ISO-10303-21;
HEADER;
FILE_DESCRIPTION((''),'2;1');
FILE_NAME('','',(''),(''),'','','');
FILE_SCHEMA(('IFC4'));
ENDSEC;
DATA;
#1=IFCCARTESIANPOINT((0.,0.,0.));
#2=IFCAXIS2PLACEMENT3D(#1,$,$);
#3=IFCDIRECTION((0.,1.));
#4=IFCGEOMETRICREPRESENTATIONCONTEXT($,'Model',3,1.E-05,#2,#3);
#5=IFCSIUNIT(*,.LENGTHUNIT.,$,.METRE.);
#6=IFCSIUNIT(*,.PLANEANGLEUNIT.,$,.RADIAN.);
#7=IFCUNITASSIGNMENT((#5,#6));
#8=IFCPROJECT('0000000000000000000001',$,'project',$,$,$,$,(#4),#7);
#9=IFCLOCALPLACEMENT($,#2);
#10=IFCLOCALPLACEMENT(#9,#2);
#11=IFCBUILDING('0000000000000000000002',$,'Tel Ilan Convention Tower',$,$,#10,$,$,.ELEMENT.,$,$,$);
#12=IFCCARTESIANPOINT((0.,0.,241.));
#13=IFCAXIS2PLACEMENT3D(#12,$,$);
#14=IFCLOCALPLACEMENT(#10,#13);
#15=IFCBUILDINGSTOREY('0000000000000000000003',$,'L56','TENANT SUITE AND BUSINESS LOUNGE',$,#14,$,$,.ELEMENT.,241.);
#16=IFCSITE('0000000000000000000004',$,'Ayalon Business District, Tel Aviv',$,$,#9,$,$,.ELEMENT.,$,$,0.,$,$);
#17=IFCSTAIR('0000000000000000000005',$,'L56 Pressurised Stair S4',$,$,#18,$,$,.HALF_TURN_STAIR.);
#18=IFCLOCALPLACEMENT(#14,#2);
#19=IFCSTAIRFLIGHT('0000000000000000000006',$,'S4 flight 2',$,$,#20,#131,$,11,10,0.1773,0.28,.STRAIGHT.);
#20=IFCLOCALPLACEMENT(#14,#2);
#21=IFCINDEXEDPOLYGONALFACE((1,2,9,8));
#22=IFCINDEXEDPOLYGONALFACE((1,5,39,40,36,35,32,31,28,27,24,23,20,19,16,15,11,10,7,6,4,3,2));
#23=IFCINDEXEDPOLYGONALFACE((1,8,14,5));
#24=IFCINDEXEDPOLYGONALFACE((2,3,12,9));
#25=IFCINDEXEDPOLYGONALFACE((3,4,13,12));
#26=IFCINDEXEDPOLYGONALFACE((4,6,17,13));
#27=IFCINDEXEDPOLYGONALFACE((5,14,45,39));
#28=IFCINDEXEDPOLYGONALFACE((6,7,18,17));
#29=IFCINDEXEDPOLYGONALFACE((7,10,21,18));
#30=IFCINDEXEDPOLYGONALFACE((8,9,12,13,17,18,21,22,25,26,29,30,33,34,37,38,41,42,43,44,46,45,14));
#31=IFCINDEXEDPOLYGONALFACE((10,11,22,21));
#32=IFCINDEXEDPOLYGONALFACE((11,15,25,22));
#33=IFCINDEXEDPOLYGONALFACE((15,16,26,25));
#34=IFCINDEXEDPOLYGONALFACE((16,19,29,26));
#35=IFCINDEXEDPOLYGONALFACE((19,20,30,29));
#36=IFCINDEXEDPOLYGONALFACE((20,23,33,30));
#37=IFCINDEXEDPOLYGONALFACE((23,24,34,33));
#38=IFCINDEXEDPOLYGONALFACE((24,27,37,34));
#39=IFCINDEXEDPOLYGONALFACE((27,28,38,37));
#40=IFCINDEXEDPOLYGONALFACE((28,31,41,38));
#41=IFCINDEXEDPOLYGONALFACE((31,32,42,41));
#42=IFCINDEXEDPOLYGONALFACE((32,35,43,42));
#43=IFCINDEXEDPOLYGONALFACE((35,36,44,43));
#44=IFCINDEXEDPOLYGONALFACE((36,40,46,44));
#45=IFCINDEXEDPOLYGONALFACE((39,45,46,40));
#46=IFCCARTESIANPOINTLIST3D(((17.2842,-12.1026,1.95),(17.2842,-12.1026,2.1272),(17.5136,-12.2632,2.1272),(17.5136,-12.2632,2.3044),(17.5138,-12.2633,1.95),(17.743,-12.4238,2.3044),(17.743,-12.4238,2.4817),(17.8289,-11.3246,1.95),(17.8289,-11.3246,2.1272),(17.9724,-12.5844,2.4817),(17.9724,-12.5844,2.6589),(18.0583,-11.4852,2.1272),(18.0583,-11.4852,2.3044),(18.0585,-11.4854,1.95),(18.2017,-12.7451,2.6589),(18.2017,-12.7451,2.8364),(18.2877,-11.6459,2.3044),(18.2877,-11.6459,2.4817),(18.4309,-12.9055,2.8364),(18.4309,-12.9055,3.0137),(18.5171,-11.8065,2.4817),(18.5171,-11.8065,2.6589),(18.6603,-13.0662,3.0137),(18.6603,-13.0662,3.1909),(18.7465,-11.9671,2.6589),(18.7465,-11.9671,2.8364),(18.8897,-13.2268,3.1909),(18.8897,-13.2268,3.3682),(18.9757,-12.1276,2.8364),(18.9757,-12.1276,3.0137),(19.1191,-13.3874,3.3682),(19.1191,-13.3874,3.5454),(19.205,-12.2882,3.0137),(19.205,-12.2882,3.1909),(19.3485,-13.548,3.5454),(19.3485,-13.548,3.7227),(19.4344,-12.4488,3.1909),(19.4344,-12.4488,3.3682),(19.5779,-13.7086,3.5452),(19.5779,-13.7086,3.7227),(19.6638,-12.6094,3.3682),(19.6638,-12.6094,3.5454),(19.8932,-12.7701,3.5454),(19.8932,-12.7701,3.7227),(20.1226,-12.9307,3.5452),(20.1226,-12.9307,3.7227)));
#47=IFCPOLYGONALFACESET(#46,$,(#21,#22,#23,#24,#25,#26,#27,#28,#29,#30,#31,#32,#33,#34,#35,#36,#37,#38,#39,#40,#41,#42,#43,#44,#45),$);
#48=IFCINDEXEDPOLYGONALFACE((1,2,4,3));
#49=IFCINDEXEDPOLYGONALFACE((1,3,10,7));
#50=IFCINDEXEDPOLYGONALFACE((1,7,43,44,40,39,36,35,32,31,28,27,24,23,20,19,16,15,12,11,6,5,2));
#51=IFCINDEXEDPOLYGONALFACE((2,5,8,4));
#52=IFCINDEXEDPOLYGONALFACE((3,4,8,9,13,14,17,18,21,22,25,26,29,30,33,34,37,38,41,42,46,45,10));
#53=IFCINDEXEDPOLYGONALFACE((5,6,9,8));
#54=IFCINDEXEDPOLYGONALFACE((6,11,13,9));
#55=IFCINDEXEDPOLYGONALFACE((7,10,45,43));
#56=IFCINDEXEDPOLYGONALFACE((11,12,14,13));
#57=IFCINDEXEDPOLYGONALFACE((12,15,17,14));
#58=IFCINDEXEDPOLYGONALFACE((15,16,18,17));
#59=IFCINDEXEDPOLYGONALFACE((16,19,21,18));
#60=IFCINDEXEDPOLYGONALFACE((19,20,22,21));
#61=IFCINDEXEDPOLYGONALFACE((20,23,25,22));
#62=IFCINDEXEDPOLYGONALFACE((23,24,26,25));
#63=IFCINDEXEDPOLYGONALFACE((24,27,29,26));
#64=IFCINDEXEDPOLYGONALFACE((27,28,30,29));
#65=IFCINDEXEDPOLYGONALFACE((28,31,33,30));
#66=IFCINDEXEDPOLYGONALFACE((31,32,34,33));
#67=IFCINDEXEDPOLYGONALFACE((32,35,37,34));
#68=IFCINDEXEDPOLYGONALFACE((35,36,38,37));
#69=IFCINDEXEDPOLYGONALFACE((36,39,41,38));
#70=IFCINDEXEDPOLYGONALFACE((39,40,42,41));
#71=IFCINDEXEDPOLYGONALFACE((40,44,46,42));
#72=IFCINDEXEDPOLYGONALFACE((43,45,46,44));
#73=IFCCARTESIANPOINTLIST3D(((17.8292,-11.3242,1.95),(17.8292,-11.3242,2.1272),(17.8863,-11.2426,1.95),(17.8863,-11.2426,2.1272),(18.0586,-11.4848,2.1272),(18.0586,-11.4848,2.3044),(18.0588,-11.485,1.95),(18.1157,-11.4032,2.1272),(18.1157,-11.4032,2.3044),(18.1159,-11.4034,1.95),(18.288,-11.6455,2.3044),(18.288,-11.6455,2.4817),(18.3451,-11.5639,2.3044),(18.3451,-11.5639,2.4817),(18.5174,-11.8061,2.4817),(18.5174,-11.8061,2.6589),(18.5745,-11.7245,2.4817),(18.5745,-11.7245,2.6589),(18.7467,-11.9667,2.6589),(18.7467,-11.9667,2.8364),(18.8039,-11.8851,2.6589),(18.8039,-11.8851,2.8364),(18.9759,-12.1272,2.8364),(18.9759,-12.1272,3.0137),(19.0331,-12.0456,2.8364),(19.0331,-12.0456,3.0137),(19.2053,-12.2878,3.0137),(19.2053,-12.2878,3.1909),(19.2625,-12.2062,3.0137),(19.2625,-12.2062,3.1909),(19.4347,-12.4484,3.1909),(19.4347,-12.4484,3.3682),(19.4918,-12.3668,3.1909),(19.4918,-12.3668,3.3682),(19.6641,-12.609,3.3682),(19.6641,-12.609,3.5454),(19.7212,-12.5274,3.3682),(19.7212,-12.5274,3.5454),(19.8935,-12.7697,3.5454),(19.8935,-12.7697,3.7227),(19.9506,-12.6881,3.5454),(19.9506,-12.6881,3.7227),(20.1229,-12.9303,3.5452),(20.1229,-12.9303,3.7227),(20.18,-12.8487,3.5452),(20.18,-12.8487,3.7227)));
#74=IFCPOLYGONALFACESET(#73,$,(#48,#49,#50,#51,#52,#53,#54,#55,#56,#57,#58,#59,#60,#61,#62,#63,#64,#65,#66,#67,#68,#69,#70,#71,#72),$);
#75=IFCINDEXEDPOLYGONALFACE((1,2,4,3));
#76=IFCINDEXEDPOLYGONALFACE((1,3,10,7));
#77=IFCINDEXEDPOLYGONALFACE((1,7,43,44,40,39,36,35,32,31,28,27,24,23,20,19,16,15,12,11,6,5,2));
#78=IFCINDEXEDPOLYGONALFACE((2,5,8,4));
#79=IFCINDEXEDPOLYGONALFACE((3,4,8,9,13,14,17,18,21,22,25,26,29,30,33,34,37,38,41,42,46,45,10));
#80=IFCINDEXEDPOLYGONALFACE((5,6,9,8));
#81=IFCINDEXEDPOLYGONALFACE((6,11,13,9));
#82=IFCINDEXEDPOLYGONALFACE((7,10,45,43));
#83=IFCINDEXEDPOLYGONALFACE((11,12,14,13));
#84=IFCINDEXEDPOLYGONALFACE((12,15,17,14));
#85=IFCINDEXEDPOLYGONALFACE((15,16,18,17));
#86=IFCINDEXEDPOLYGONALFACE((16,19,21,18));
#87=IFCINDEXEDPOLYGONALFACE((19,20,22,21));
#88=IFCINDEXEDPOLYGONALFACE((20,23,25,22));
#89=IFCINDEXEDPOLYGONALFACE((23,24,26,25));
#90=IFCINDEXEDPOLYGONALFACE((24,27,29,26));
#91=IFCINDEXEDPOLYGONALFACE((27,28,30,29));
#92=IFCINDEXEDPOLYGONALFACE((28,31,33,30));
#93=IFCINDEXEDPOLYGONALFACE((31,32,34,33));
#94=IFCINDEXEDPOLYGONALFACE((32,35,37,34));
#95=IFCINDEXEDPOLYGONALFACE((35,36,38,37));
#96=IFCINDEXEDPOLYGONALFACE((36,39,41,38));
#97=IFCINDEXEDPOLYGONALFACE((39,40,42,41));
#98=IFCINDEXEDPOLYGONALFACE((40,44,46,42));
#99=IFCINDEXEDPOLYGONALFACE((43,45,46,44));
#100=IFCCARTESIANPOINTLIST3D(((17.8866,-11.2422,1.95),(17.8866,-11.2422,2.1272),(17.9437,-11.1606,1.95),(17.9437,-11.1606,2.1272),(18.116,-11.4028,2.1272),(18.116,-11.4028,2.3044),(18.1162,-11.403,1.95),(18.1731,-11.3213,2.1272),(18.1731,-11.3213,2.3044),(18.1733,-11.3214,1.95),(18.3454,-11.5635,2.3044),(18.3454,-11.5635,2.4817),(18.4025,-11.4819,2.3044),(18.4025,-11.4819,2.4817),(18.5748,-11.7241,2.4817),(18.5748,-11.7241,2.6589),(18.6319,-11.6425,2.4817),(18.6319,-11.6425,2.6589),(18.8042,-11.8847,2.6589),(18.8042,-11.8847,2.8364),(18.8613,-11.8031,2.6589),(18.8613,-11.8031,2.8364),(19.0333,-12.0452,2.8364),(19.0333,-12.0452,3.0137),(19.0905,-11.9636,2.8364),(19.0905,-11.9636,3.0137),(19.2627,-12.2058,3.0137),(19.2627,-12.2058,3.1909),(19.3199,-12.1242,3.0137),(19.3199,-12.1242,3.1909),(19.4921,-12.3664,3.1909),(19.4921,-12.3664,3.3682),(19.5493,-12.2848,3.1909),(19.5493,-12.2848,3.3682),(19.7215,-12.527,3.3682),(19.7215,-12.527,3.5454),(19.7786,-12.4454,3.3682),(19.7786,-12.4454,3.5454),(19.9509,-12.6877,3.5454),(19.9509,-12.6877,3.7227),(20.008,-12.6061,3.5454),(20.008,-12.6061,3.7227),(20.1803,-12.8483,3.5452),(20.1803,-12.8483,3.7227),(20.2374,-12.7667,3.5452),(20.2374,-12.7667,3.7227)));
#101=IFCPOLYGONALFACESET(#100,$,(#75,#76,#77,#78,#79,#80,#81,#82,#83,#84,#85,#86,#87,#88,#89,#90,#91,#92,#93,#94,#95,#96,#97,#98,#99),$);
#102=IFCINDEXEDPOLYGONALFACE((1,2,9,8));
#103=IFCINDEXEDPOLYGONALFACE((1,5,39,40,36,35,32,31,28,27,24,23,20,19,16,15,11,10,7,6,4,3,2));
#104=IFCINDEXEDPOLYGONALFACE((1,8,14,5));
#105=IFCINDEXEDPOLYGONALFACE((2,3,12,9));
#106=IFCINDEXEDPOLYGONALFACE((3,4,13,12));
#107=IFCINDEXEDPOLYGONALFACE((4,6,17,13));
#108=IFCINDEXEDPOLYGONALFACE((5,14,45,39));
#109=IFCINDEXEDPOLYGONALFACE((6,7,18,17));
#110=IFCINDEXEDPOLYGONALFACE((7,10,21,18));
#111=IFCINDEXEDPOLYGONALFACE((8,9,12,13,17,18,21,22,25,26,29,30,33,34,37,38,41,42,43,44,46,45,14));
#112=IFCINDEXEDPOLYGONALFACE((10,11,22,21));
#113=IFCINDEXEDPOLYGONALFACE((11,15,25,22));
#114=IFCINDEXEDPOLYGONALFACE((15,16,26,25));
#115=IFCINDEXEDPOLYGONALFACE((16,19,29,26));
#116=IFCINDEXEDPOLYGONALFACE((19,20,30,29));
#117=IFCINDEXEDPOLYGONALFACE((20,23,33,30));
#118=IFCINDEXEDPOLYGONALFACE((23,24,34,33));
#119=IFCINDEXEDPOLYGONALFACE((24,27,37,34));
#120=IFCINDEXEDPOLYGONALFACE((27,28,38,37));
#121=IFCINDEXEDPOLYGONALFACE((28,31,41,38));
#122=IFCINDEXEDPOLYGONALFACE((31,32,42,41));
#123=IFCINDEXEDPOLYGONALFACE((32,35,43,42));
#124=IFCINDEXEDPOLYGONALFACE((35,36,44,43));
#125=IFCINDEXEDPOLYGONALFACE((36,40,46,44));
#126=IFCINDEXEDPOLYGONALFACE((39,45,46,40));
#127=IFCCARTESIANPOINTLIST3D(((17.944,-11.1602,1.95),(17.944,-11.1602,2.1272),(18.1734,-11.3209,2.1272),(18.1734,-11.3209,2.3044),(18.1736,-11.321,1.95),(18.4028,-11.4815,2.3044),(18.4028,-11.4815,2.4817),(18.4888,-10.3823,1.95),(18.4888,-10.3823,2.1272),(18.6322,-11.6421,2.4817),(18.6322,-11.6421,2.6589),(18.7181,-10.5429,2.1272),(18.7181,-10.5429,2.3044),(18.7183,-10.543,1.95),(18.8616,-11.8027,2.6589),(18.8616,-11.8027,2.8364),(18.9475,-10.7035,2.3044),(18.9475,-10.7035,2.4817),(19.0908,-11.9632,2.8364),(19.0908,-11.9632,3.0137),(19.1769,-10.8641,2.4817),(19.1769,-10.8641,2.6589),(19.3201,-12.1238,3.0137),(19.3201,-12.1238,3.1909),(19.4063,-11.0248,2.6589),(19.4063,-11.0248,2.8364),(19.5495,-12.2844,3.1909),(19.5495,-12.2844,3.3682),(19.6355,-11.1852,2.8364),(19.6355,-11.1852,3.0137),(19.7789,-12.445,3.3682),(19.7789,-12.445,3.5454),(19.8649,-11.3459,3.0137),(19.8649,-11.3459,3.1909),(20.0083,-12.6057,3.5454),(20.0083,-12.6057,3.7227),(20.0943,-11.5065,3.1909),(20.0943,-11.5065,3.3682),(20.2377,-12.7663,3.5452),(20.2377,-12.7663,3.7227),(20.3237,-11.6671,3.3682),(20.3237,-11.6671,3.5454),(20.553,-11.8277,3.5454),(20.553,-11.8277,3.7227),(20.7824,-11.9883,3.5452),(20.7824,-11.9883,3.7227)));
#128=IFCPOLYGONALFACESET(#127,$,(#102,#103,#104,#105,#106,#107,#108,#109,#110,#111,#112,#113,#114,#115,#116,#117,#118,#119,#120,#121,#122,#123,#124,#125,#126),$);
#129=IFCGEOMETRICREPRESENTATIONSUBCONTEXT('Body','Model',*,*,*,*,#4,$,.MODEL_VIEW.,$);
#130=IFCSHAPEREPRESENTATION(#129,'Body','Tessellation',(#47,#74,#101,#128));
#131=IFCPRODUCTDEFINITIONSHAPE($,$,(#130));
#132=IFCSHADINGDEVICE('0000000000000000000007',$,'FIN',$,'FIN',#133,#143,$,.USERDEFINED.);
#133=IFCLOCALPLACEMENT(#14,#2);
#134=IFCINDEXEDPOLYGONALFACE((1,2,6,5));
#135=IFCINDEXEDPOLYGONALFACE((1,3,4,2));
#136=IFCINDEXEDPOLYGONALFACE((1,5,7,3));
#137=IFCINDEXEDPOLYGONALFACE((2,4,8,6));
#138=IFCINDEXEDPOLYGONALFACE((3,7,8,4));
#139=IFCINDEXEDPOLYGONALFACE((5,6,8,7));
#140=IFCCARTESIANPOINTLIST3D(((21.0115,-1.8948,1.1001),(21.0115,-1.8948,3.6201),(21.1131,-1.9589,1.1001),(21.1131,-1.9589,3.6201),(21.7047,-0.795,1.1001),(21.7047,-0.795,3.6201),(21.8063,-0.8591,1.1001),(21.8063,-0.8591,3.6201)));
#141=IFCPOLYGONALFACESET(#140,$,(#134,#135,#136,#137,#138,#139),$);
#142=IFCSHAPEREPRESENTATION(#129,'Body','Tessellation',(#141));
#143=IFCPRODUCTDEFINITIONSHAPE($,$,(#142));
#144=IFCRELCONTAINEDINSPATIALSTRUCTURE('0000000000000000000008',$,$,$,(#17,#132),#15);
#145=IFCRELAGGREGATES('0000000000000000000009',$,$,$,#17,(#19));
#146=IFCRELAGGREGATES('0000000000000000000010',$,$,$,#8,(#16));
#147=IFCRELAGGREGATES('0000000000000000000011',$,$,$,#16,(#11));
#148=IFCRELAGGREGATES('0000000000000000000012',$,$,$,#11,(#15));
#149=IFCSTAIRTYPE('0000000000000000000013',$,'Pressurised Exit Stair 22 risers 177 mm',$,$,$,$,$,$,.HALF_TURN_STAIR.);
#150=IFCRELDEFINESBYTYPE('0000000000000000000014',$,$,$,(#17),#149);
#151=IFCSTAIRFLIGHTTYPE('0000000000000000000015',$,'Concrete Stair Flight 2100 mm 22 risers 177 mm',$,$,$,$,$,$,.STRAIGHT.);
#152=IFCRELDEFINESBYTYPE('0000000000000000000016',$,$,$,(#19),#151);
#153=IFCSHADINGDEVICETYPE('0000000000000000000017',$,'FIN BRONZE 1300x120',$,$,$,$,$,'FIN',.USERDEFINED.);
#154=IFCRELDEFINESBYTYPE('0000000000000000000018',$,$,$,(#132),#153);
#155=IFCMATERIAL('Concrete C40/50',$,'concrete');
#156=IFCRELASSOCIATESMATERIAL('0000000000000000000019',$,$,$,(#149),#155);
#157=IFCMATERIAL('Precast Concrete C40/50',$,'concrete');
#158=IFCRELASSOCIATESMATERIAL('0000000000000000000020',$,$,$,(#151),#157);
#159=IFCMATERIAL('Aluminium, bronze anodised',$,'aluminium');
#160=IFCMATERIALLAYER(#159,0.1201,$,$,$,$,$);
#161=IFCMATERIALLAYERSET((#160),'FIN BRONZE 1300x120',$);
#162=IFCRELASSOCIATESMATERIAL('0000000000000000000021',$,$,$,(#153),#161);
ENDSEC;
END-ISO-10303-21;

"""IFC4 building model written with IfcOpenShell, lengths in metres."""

from ifc_helpers import new_model, si_unit, direction, frame, origin, origin_2d, place, context, subcontext, project, spatial, polyline, rectangle, outline, extrude, material, layer, layer_set, type_object, element, aggregate, save


model = new_model("IFC4")

# Units and contexts
model_context = context("Model", 3, precision=1e-05, world=origin(), true_north=direction((0.0, 1.0)))
body_context = subcontext(model_context, "Body", "Model", "MODEL_VIEW")
ifc_project = project(units=[si_unit("LENGTHUNIT", "METRE"), si_unit("PLANEANGLEUNIT", "RADIAN")], contexts=[model_context])

# Site, building, storey
site_placement = place(None, origin())
site = spatial("IfcSite", under=ifc_project, at=site_placement, Name="Ayalon Business District, Tel Aviv", CompositionType="ELEMENT", RefElevation=0.0)
building_placement = place(site_placement, origin())
building = spatial("IfcBuilding", under=site, at=building_placement, Name="Tel Ilan Convention Tower", CompositionType="ELEMENT")
storey_placement = place(building_placement, frame((0.0, 0.0, 241.0)))
storey = spatial("IfcBuildingStorey", under=building, at=storey_placement, Name="L56", Description="TENANT SUITE AND BUSINESS LOUNGE", CompositionType="ELEMENT", Elevation=241.0)

# Shared definitions
ifc_material_1 = material(Name="Concrete C40/50", Category="concrete")
stair_type = type_object("IfcStairType", Name="Pressurised Exit Stair 22 risers 177 mm", PredefinedType="HALF_TURN_STAIR", material=ifc_material_1)
ifc_material_2 = material(Name="Precast Concrete C40/50", Category="concrete")
stair_flight_type = type_object("IfcStairFlightType", Name="Concrete Stair Flight 2100 mm 22 risers 177 mm", PredefinedType="STRAIGHT", material=ifc_material_2)

# Stair, stair flight
stair_1_placement = place(storey_placement, origin())
stair_1 = element("IfcStair", 1, at=stair_1_placement, inside=storey, type_object=stair_type, Name="L56 Pressurised Stair S4", PredefinedType="HALF_TURN_STAIR")
stair_flight_1_placement = place(storey_placement, frame((17.8865, -11.2424, 1.95), z_axis=(0.0, 0.0, 1.0), x_axis=(0.819152, -0.573576, 0.0)))
stair_flight_1 = element("IfcStairFlight", 2, at=stair_flight_1_placement, type_object=stair_flight_type, Name="S4 flight 2", NumberOfRisers=11, NumberOfTreads=10, PredefinedType="STRAIGHT", RiserHeight=0.1773, TreadLength=0.28, context=body_context, shape_type="SweptSolid", body=[
    extrude(outline(polyline([(0.0, 0.0), (0.0, 0.1772), (0.28, 0.1772), (0.28, 0.3545), (0.5601, 0.3545), (0.5601, 0.5317), (0.8401, 0.5317), (0.8401, 0.709), (1.1201, 0.709), (1.1201, 0.8865), (1.3999, 0.8865), (1.3999, 1.0637), (1.6799, 1.0637), (1.6799, 1.241), (1.96, 1.241), (1.96, 1.4182), (2.24, 1.4182), (2.24, 1.5955), (2.52, 1.5955), (2.52, 1.7727), (2.8, 1.7727), (2.8, 1.95), (2.8, 1.5952), (0.2803, 0.0), (0.0, 0.0)])), frame((0.0, -0.1003, 0.0), z_axis=(0.0, -1.0, 0.0), x_axis=(1.0, 0.0, 0.0)), (0.0, 0.0, 1.0), 0.9497),
    extrude(outline(polyline([(0.0, 0.0), (0.0, 0.1772), (0.28, 0.1772), (0.28, 0.3545), (0.5601, 0.3545), (0.5601, 0.5317), (0.8401, 0.5317), (0.8401, 0.709), (1.1201, 0.709), (1.1201, 0.8865), (1.3999, 0.8865), (1.3999, 1.0637), (1.6799, 1.0637), (1.6799, 1.241), (1.96, 1.241), (1.96, 1.4182), (2.24, 1.4182), (2.24, 1.5955), (2.52, 1.5955), (2.52, 1.7727), (2.8, 1.7727), (2.8, 1.95), (2.8, 1.5952), (0.2803, 0.0), (0.0, 0.0)])), frame((0.0, -0.0002, 0.0), z_axis=(0.0, -1.0, 0.0), x_axis=(1.0, 0.0, 0.0)), (0.0, 0.0, 1.0), 0.0996),
    extrude(outline(polyline([(0.0, 0.0), (0.0, 0.1772), (0.28, 0.1772), (0.28, 0.3545), (0.5601, 0.3545), (0.5601, 0.5317), (0.8401, 0.5317), (0.8401, 0.709), (1.1201, 0.709), (1.1201, 0.8865), (1.3999, 0.8865), (1.3999, 1.0637), (1.6799, 1.0637), (1.6799, 1.241), (1.96, 1.241), (1.96, 1.4182), (2.24, 1.4182), (2.24, 1.5955), (2.52, 1.5955), (2.52, 1.7727), (2.8, 1.7727), (2.8, 1.95), (2.8, 1.5952), (0.2803, 0.0), (0.0, 0.0)])), frame((0.0, 0.0999, 0.0), z_axis=(0.0, -1.0, 0.0), x_axis=(1.0, 0.0, 0.0)), (0.0, 0.0, 1.0), 0.0996),
    extrude(outline(polyline([(0.0, 0.0), (0.0, 0.1772), (0.28, 0.1772), (0.28, 0.3545), (0.5601, 0.3545), (0.5601, 0.5317), (0.8401, 0.5317), (0.8401, 0.709), (1.1201, 0.709), (1.1201, 0.8865), (1.3999, 0.8865), (1.3999, 1.0637), (1.6799, 1.0637), (1.6799, 1.241), (1.96, 1.241), (1.96, 1.4182), (2.24, 1.4182), (2.24, 1.5955), (2.52, 1.5955), (2.52, 1.7727), (2.8, 1.7727), (2.8, 1.95), (2.8, 1.5952), (0.2803, 0.0), (0.0, 0.0)])), frame((0.0, 1.05, 0.0), z_axis=(0.0, -1.0, 0.0), x_axis=(1.0, 0.0, 0.0)), (0.0, 0.0, 1.0), 0.9497),
])
aggregate(stair_1, [stair_flight_1])

# Shading device
ifc_material_3 = material(Name="Aluminium, bronze anodised", Category="aluminium")
ifc_layer_1 = layer(ifc_material_3, 0.1201)
ifc_layer_set_1 = layer_set([ifc_layer_1], Name="FIN BRONZE 1300x120")
shading_device_type = type_object("IfcShadingDeviceType", Name="FIN BRONZE 1300x120", ElementType="FIN", PredefinedType="USERDEFINED", material=ifc_layer_set_1)
shading_device_placement = place(storey_placement, frame((21.4089, -1.377, 1.1001), z_axis=(0.0, 0.0, 1.0), x_axis=(0.533204, 0.845986, 0.0)))
element("IfcShadingDevice", 3, at=shading_device_placement, inside=storey, type_object=shading_device_type, Name="FIN", ObjectType="FIN", PredefinedType="USERDEFINED", context=body_context, shape_type="SweptSolid", body=[
    extrude(rectangle(XDim=1.3, YDim=0.1201, at=origin_2d()), origin(), (0.0, 0.0, 1.0), 2.52),
])

save(model, "model.ifc")
